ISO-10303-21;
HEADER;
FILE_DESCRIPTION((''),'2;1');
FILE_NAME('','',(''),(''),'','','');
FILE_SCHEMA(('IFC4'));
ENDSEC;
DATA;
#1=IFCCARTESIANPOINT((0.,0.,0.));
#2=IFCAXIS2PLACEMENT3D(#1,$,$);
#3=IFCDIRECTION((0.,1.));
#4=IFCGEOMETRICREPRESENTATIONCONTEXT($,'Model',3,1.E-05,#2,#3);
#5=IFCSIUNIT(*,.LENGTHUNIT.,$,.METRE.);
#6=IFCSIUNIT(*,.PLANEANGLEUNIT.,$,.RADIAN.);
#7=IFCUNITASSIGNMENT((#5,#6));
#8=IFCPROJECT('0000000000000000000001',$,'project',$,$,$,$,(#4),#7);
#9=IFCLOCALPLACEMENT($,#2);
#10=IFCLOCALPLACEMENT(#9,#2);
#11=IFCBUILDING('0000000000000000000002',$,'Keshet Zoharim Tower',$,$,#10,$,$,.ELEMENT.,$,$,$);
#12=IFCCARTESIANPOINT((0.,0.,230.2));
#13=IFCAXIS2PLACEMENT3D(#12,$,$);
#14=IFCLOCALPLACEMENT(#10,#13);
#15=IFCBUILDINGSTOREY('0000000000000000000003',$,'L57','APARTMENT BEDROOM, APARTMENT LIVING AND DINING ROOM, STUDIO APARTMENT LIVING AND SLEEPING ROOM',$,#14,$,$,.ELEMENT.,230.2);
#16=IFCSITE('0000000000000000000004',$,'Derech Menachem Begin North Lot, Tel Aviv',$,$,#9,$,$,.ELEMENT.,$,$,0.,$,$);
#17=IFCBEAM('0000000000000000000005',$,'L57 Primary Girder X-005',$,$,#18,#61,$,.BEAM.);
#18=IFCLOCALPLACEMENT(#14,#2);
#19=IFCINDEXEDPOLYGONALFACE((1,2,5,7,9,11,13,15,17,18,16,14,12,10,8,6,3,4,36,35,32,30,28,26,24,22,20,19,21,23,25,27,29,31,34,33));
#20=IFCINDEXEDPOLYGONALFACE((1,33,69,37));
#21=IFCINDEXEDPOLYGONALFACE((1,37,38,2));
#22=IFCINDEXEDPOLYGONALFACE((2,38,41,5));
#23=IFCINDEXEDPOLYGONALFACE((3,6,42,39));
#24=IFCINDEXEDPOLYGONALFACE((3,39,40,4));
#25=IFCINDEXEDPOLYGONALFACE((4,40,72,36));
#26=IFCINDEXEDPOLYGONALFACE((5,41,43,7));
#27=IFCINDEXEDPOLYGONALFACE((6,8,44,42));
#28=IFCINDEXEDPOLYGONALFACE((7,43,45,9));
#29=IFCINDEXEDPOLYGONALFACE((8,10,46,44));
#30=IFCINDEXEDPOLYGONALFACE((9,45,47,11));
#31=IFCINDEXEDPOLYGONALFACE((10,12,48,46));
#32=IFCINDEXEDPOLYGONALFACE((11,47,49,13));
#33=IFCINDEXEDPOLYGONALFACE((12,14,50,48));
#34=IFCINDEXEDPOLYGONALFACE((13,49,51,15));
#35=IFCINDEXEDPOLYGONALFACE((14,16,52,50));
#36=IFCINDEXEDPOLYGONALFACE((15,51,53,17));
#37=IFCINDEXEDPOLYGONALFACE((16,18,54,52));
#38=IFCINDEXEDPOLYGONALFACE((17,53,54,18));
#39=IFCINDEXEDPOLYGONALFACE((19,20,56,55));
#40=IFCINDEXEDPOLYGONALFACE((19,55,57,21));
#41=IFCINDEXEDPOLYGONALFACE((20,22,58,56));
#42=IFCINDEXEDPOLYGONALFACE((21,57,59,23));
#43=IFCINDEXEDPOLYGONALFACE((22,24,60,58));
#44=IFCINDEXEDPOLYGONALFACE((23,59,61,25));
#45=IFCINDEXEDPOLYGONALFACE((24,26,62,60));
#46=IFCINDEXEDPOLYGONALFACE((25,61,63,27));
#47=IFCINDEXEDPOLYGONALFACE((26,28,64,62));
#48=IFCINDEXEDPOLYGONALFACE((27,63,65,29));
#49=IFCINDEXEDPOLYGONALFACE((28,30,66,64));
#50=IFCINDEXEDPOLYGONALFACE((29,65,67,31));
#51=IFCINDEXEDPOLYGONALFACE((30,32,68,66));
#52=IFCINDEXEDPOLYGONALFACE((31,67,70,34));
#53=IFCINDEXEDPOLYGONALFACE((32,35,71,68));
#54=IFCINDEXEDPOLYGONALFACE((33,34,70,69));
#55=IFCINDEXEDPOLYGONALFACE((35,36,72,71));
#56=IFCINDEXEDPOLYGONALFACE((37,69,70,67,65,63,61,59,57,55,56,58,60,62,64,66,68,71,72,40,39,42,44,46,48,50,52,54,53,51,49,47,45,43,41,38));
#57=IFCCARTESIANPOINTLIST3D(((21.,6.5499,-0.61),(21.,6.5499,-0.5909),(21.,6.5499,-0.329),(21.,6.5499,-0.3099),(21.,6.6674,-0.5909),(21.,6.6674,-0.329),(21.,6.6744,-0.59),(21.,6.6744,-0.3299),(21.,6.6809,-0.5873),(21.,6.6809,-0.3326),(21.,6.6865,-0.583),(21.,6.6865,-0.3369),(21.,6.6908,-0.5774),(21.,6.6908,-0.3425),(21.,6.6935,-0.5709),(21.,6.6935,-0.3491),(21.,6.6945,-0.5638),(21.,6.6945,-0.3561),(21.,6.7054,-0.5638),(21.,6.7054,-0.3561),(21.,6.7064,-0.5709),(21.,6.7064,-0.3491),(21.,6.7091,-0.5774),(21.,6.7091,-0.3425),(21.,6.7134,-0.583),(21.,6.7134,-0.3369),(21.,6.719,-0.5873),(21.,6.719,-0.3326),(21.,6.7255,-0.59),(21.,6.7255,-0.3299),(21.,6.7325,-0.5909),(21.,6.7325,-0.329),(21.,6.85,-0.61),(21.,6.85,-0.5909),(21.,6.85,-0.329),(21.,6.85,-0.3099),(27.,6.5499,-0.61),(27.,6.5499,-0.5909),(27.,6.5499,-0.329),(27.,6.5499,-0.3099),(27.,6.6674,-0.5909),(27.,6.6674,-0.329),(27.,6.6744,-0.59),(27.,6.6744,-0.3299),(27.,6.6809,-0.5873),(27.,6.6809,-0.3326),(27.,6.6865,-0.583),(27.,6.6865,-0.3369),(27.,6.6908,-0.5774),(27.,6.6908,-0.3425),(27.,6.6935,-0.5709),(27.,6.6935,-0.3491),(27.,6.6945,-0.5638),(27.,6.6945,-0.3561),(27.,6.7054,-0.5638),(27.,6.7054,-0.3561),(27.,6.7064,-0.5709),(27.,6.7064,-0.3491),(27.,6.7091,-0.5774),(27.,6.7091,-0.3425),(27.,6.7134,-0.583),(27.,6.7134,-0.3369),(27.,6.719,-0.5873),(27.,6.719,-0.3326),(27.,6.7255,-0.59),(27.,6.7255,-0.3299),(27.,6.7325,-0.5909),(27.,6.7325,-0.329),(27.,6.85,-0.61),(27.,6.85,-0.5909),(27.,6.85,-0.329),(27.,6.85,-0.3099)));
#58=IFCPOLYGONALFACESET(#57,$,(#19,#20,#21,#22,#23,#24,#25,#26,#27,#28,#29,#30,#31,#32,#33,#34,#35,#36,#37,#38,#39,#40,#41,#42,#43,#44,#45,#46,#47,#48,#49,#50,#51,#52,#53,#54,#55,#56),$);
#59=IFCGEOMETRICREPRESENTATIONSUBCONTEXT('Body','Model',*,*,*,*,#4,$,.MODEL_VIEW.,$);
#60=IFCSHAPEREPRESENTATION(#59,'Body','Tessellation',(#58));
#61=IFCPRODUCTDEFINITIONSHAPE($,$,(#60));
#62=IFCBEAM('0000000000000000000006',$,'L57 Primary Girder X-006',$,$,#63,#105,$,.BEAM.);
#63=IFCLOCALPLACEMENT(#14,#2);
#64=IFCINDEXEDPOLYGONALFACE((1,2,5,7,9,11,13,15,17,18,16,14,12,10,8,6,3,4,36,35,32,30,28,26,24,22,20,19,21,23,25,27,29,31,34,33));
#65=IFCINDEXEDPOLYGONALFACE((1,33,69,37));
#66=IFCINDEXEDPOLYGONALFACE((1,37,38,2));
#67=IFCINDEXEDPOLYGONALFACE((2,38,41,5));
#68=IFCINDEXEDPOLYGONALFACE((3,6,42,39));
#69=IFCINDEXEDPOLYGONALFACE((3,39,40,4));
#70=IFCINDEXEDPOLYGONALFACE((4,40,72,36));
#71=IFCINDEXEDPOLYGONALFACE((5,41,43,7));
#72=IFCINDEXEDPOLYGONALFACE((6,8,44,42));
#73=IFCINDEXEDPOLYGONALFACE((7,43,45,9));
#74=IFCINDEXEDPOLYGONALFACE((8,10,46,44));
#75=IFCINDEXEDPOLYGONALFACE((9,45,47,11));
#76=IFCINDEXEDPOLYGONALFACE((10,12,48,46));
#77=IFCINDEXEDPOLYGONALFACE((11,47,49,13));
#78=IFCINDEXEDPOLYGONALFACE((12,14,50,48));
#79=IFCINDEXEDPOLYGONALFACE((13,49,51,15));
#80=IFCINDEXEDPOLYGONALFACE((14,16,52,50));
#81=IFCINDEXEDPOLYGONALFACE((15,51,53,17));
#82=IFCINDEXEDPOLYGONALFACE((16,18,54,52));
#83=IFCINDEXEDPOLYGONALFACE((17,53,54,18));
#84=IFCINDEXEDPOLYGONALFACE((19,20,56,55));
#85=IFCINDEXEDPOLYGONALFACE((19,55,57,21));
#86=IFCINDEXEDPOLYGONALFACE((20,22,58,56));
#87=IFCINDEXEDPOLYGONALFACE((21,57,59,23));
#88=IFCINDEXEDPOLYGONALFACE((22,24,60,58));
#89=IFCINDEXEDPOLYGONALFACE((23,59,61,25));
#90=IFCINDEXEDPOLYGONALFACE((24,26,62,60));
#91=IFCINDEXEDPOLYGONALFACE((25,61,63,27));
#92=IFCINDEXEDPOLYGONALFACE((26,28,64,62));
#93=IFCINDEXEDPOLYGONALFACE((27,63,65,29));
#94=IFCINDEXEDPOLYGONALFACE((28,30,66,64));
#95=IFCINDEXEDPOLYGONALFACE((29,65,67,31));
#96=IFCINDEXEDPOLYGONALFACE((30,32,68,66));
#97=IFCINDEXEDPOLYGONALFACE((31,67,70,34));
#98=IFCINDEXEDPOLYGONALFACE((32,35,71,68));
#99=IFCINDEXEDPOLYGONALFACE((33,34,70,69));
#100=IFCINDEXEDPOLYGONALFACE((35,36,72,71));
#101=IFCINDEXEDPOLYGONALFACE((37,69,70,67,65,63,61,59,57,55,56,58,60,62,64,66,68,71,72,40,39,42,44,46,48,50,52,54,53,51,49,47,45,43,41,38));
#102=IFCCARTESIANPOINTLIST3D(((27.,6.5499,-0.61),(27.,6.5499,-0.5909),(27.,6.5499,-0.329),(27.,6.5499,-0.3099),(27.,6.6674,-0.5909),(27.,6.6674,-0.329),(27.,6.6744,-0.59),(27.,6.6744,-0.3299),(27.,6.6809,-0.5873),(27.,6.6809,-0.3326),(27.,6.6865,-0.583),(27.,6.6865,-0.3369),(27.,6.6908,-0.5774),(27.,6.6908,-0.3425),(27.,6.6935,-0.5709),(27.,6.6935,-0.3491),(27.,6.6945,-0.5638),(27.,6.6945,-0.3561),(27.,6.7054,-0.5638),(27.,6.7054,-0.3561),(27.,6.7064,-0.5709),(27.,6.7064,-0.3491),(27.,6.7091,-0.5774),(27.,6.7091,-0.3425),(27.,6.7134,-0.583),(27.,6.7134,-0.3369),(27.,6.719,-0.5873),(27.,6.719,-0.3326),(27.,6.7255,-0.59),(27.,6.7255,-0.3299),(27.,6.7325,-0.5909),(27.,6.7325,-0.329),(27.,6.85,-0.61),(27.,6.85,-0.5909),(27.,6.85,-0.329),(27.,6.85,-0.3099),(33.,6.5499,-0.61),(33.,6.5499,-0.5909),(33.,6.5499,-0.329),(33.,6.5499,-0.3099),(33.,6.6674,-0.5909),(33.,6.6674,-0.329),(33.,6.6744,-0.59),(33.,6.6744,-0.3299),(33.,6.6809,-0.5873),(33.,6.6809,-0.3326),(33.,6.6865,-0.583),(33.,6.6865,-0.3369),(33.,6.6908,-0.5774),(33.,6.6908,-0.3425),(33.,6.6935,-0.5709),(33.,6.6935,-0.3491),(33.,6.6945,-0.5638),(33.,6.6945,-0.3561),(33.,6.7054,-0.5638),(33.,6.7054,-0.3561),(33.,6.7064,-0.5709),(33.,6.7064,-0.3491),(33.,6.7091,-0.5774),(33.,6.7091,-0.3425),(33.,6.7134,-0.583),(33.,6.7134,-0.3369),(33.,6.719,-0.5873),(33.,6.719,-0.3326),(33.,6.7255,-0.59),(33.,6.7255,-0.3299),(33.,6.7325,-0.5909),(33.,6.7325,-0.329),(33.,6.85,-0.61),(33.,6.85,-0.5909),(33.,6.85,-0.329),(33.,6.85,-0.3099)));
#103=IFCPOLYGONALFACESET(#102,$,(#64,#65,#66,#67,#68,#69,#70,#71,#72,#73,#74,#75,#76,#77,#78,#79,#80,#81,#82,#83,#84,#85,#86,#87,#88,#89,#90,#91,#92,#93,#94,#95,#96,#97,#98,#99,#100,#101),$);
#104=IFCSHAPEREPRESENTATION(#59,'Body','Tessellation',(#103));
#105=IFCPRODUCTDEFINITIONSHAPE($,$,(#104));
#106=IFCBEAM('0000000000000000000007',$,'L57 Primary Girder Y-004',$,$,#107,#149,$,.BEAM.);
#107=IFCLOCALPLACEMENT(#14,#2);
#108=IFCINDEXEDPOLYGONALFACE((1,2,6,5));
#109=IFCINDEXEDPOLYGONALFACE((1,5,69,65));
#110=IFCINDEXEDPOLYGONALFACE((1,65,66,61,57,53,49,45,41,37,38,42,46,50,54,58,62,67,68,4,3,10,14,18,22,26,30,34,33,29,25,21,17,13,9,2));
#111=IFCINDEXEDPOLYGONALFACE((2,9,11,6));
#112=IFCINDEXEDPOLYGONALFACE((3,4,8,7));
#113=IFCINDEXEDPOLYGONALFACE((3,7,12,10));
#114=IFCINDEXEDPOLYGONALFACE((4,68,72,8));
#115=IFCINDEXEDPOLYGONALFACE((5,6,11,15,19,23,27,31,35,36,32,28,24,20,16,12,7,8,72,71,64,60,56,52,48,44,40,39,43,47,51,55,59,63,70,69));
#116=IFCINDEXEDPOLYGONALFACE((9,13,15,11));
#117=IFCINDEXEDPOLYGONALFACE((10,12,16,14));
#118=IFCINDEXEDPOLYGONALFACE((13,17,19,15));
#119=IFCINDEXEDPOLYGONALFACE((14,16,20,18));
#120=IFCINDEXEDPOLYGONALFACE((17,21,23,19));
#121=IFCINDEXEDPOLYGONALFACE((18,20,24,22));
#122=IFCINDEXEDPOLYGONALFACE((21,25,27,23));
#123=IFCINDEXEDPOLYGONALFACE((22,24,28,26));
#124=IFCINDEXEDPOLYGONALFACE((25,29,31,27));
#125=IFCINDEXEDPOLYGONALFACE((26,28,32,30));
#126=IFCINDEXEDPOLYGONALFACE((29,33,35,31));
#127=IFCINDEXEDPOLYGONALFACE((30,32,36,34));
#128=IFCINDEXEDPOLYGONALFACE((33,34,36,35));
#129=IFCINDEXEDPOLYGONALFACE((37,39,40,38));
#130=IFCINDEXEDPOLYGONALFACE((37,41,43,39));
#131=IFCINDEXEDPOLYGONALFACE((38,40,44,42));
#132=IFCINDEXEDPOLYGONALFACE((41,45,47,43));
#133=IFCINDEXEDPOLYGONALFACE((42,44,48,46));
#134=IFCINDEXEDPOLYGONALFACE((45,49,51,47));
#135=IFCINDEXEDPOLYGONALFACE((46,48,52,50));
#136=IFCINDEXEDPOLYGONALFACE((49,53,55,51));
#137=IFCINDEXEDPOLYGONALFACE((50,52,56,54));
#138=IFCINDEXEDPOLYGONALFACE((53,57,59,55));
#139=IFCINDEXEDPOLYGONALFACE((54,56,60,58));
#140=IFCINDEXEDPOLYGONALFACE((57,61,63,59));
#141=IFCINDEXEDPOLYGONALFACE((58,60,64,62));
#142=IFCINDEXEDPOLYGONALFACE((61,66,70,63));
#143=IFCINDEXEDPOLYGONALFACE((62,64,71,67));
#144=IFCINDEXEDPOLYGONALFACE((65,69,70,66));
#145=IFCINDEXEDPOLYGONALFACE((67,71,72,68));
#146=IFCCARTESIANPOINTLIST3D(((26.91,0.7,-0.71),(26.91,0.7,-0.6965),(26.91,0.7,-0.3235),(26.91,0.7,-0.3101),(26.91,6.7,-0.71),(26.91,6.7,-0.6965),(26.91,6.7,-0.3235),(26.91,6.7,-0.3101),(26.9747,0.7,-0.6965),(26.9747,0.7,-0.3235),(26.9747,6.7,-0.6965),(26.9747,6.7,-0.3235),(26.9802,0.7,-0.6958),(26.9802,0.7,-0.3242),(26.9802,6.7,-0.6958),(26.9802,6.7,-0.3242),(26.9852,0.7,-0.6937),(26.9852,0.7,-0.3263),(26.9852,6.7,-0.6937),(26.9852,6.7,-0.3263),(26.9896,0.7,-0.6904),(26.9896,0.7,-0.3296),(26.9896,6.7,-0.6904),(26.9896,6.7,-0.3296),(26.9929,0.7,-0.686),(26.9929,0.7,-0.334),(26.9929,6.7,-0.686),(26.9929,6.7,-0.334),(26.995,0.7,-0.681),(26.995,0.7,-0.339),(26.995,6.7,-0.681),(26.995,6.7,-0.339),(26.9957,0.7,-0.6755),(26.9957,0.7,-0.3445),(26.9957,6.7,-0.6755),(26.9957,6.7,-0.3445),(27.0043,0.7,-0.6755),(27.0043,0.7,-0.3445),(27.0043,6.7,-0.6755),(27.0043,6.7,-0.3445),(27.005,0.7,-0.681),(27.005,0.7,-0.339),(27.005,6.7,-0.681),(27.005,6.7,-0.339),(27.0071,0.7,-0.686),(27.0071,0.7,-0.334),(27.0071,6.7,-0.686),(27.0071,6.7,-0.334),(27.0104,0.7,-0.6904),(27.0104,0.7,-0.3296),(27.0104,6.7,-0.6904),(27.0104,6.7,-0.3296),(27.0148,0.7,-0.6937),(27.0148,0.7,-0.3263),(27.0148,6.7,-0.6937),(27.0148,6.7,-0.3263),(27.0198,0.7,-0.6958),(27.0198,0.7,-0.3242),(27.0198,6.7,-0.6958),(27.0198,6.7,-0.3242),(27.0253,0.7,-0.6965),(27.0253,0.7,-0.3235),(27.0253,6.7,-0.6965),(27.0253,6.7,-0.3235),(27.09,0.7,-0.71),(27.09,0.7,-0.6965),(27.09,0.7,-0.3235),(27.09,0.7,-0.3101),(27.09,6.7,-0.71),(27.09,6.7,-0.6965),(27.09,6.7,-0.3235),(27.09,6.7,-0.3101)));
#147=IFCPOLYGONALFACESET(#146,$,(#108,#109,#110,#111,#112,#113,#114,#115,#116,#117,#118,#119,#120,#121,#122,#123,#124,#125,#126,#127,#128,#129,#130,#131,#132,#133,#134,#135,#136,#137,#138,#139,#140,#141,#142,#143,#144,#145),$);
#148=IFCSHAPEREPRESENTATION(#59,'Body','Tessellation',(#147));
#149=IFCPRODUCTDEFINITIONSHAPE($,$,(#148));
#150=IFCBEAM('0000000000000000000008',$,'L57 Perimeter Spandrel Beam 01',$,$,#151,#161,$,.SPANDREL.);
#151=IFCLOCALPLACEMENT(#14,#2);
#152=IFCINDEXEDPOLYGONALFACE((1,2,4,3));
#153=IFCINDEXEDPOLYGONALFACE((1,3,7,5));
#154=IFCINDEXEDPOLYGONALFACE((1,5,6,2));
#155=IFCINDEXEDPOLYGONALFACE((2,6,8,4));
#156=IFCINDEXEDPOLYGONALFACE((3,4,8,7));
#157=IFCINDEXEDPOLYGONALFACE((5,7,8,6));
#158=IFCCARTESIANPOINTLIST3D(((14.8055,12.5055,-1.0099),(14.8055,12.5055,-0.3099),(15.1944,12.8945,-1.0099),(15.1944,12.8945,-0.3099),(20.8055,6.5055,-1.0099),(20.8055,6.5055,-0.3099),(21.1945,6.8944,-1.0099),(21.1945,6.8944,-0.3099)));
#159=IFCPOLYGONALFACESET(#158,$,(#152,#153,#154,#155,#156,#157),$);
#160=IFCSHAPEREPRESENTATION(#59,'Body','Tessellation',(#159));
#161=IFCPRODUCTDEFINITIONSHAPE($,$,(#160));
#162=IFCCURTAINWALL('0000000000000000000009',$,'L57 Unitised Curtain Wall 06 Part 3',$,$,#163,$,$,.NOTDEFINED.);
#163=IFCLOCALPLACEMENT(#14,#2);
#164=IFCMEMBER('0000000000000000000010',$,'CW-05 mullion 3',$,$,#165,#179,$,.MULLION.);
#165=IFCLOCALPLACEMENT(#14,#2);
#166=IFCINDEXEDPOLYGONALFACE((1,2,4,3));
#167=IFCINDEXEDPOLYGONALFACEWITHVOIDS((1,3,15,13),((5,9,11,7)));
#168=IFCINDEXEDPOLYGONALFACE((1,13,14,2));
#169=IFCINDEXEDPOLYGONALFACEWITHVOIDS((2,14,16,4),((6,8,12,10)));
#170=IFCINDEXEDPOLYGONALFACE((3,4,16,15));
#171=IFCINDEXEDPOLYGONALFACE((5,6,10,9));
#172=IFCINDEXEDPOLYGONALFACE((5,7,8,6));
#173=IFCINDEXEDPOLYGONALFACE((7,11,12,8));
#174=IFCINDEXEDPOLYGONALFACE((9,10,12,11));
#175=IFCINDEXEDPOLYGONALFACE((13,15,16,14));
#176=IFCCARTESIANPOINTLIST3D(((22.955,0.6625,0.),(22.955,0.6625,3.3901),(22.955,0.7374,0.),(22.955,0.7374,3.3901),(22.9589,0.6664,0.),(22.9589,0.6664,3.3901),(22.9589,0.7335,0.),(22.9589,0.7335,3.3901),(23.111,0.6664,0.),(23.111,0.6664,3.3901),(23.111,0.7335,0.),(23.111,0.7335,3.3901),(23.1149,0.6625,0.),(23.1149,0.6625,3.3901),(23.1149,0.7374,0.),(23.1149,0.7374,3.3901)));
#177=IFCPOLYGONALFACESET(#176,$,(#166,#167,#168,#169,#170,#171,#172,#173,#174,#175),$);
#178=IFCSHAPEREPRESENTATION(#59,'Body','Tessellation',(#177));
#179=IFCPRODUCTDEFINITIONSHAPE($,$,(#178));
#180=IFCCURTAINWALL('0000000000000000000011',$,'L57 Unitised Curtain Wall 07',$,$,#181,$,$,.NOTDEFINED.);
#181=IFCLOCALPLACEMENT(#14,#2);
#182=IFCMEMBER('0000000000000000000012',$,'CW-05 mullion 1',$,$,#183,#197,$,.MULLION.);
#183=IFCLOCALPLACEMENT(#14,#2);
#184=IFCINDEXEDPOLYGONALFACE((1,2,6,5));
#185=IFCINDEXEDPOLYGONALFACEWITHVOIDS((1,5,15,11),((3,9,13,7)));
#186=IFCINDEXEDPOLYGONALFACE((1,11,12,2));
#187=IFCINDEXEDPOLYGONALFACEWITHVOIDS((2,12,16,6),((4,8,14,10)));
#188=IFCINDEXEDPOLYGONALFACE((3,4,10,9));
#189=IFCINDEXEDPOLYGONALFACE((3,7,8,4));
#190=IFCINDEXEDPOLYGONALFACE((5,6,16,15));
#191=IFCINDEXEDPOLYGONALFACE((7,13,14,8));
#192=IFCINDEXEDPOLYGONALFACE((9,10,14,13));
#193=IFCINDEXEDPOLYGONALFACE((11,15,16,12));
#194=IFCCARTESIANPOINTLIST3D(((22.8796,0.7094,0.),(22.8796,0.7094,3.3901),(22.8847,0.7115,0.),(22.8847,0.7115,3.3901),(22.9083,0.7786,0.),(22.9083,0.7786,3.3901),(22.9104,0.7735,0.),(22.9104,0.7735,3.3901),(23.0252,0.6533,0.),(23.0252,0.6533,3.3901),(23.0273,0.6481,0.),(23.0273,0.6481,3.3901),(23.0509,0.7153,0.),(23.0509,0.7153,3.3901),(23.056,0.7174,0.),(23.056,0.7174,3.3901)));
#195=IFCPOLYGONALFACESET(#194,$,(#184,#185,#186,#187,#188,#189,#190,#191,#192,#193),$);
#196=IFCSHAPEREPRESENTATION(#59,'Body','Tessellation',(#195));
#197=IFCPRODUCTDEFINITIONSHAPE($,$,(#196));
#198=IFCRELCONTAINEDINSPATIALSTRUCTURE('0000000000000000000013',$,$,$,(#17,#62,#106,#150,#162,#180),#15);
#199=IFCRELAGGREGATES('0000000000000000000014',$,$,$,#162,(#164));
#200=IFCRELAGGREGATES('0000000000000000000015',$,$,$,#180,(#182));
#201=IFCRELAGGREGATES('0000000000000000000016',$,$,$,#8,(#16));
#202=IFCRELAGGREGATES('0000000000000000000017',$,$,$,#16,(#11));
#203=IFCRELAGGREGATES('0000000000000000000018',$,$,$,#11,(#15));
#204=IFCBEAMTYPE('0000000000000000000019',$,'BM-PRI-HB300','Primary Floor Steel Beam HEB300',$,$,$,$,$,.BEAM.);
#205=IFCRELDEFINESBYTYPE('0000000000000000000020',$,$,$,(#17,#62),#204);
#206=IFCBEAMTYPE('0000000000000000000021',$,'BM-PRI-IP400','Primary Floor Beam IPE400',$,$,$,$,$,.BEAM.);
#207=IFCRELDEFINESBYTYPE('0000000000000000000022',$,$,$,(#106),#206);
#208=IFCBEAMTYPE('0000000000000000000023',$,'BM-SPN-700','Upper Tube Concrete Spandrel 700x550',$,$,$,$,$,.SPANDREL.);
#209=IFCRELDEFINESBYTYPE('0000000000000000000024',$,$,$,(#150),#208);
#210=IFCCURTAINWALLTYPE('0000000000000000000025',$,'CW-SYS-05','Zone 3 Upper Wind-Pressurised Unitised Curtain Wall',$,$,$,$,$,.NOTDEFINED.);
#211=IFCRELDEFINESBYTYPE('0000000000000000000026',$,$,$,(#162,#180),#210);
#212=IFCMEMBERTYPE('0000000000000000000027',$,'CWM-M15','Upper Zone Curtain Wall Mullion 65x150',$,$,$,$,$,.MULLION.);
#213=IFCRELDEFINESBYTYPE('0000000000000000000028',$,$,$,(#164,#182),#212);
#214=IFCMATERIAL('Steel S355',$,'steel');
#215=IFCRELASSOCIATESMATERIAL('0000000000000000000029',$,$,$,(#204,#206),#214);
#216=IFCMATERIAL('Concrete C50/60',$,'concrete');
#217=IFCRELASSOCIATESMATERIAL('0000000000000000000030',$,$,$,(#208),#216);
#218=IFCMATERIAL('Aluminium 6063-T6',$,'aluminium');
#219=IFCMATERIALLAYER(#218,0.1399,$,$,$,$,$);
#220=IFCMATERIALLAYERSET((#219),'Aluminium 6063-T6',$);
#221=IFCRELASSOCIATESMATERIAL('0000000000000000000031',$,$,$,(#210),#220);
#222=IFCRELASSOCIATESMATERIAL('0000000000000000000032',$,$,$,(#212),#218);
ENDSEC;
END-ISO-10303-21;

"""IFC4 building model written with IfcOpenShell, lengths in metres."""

from ifc_helpers import new_model, si_unit, direction, frame, origin, origin_2d, place, context, subcontext, project, spatial, rectangle, hollow_rectangle, i_section, extrude, material, layer, layer_set, material_profile, profile_set, type_object, element, aggregate, save


model = new_model("IFC4")

# Units and contexts
model_context = context("Model", 3, precision=1e-05, world=origin(), true_north=direction((0.0, 1.0)))
body_context = subcontext(model_context, "Body", "Model", "MODEL_VIEW")
ifc_project = project(units=[si_unit("LENGTHUNIT", "METRE"), si_unit("PLANEANGLEUNIT", "RADIAN")], contexts=[model_context])

# Site, building, storey
site_placement = place(None, origin())
site = spatial("IfcSite", under=ifc_project, at=site_placement, Name="Derech Menachem Begin North Lot, Tel Aviv", CompositionType="ELEMENT", RefElevation=0.0)
building_placement = place(site_placement, origin())
building = spatial("IfcBuilding", under=site, at=building_placement, Name="Keshet Zoharim Tower", CompositionType="ELEMENT")
storey_placement = place(building_placement, frame((0.0, 0.0, 230.2)))
storey = spatial("IfcBuildingStorey", under=building, at=storey_placement, Name="L57", Description="APARTMENT BEDROOM, APARTMENT LIVING AND DINING ROOM, STUDIO APARTMENT LIVING AND SLEEPING ROOM", CompositionType="ELEMENT", Elevation=230.2)

# Shared definitions
ifc_material_1 = material(Name="Steel S355", Category="steel")
ifc_material_2 = material(Name="Concrete C50/60", Category="concrete")

# Beams
ifc_material_profile_1 = material_profile(ifc_material_1, i_section(OverallWidth=0.3, OverallDepth=0.3, WebThickness=0.011, FlangeThickness=0.019, FilletRadius=0.0271, at=origin_2d()), Name="HEB300")
ifc_profile_set_1 = profile_set([ifc_material_profile_1], Name="Steel S355")
beam_type_1 = type_object("IfcBeamType", Name="BM-PRI-HB300", Description="Primary Floor Steel Beam HEB300", PredefinedType="BEAM", material=ifc_profile_set_1)
for number, where, z_axis, x_axis, name in (
    (1, (21.0, 6.7, -0.46), (1.0, 0.0, 0.0), (0.0, 1.0, 0.0), "L57 Primary Girder X-005"),
    (2, (27.0, 6.7, -0.46), (1.0, 0.0, 0.0), (0.0, 1.0, 0.0), "L57 Primary Girder X-006"),
):
    element("IfcBeam", number, at=place(storey_placement, frame(where, z_axis=z_axis, x_axis=x_axis)), inside=storey, type_object=beam_type_1, Name=name, PredefinedType="BEAM", context=body_context, shape_type="SweptSolid", body=[
        extrude(i_section(OverallWidth=0.3, OverallDepth=0.3, WebThickness=0.011, FlangeThickness=0.019, FilletRadius=0.0271, at=origin_2d()), origin(), (0.0, 0.0, 1.0), 6.0),
    ])
ifc_material_profile_2 = material_profile(ifc_material_1, i_section(OverallWidth=0.1799, OverallDepth=0.3999, WebThickness=0.0085, FlangeThickness=0.0134, FilletRadius=0.021, at=origin_2d()), Name="IPE400")
ifc_profile_set_2 = profile_set([ifc_material_profile_2], Name="Steel S355")
beam_type_2 = type_object("IfcBeamType", Name="BM-PRI-IP400", Description="Primary Floor Beam IPE400", PredefinedType="BEAM", material=ifc_profile_set_2)
beam_1_placement = place(storey_placement, frame((27.0, 0.7, -0.51), z_axis=(0.0, 1.0, 0.0), x_axis=(-1.0, 0.0, 0.0)))
element("IfcBeam", 3, at=beam_1_placement, inside=storey, type_object=beam_type_2, Name="L57 Primary Girder Y-004", PredefinedType="BEAM", context=body_context, shape_type="SweptSolid", body=[
    extrude(i_section(OverallWidth=0.1799, OverallDepth=0.3999, WebThickness=0.0085, FlangeThickness=0.0134, FilletRadius=0.021, at=origin_2d()), origin(), (0.0, 0.0, 1.0), 6.0),
])
ifc_material_profile_3 = material_profile(ifc_material_2, rectangle(XDim=0.55, YDim=0.7, at=origin_2d()), Name="RC700x550")
ifc_profile_set_3 = profile_set([ifc_material_profile_3], Name="Concrete C50/60")
beam_type_3 = type_object("IfcBeamType", Name="BM-SPN-700", Description="Upper Tube Concrete Spandrel 700x550", PredefinedType="SPANDREL", material=ifc_profile_set_3)
beam_2_placement = place(storey_placement, frame((21.0, 6.7, -0.6599), z_axis=(-0.707107, 0.707107, 0.0), x_axis=(-0.707107, -0.707107, 0.0)))
element("IfcBeam", 4, at=beam_2_placement, inside=storey, type_object=beam_type_3, Name="L57 Perimeter Spandrel Beam 01", PredefinedType="SPANDREL", context=body_context, shape_type="SweptSolid", body=[
    extrude(rectangle(XDim=0.55, YDim=0.7, at=origin_2d()), origin(), (0.0, 0.0, 1.0), 8.4854),
])

# Curtain wall, member
ifc_material_3 = material(Name="Aluminium 6063-T6", Category="aluminium")
ifc_layer_1 = layer(ifc_material_3, 0.1399)
ifc_layer_set_1 = layer_set([ifc_layer_1], Name="Aluminium 6063-T6")
curtain_wall_type = type_object("IfcCurtainWallType", Name="CW-SYS-05", Description="Zone 3 Upper Wind-Pressurised Unitised Curtain Wall", PredefinedType="NOTDEFINED", material=ifc_layer_set_1)
curtain_wall_1_placement = place(storey_placement, origin())
curtain_wall_1 = element("IfcCurtainWall", 5, at=curtain_wall_1_placement, inside=storey, type_object=curtain_wall_type, Name="L57 Unitised Curtain Wall 06 Part 3", PredefinedType="NOTDEFINED")
ifc_material_profile_4 = material_profile(ifc_material_3, hollow_rectangle(XDim=0.075, YDim=0.1599, WallThickness=0.0039, at=origin_2d()), Name="MUL-75x160")
ifc_profile_set_4 = profile_set([ifc_material_profile_4], Name="Aluminium 6063-T6")
member_type_1 = type_object("IfcMemberType", Name="CWM-M15", Description="Upper Zone Curtain Wall Mullion 65x150", PredefinedType="MULLION", material=ifc_profile_set_4)
member_1_placement = place(storey_placement, frame((23.0349, 0.7, 0.0), z_axis=(0.0, 0.0, 1.0), x_axis=(0.0, -1.0, 0.0)))
member_1 = element("IfcMember", 6, at=member_1_placement, type_object=member_type_1, Name="CW-05 mullion 3", PredefinedType="MULLION", context=body_context, shape_type="SweptSolid", body=[
    extrude(hollow_rectangle(XDim=0.075, YDim=0.1599, WallThickness=0.0039, at=origin_2d()), origin(), (0.0, 0.0, 1.0), 3.3901),
])
aggregate(curtain_wall_1, [member_1])

# Curtain wall, member
curtain_wall_2_placement = place(storey_placement, origin())
curtain_wall_2 = element("IfcCurtainWall", 7, at=curtain_wall_2_placement, inside=storey, type_object=curtain_wall_type, Name="L57 Unitised Curtain Wall 07", PredefinedType="NOTDEFINED")
member_2_placement = place(storey_placement, frame((22.9678, 0.7134, 0.0), z_axis=(0.0, 0.0, 1.0), x_axis=(-0.382852, -0.92381, 0.0)))
member_2 = element("IfcMember", 8, at=member_2_placement, type_object=member_type_1, Name="CW-05 mullion 1", PredefinedType="MULLION", context=body_context, shape_type="SweptSolid", body=[
    extrude(hollow_rectangle(XDim=0.075, YDim=0.1599, WallThickness=0.0039, at=origin_2d()), origin(), (0.0, 0.0, 1.0), 3.3901),
])

aggregate(curtain_wall_2, [member_2])

save(model, "model.ifc")
